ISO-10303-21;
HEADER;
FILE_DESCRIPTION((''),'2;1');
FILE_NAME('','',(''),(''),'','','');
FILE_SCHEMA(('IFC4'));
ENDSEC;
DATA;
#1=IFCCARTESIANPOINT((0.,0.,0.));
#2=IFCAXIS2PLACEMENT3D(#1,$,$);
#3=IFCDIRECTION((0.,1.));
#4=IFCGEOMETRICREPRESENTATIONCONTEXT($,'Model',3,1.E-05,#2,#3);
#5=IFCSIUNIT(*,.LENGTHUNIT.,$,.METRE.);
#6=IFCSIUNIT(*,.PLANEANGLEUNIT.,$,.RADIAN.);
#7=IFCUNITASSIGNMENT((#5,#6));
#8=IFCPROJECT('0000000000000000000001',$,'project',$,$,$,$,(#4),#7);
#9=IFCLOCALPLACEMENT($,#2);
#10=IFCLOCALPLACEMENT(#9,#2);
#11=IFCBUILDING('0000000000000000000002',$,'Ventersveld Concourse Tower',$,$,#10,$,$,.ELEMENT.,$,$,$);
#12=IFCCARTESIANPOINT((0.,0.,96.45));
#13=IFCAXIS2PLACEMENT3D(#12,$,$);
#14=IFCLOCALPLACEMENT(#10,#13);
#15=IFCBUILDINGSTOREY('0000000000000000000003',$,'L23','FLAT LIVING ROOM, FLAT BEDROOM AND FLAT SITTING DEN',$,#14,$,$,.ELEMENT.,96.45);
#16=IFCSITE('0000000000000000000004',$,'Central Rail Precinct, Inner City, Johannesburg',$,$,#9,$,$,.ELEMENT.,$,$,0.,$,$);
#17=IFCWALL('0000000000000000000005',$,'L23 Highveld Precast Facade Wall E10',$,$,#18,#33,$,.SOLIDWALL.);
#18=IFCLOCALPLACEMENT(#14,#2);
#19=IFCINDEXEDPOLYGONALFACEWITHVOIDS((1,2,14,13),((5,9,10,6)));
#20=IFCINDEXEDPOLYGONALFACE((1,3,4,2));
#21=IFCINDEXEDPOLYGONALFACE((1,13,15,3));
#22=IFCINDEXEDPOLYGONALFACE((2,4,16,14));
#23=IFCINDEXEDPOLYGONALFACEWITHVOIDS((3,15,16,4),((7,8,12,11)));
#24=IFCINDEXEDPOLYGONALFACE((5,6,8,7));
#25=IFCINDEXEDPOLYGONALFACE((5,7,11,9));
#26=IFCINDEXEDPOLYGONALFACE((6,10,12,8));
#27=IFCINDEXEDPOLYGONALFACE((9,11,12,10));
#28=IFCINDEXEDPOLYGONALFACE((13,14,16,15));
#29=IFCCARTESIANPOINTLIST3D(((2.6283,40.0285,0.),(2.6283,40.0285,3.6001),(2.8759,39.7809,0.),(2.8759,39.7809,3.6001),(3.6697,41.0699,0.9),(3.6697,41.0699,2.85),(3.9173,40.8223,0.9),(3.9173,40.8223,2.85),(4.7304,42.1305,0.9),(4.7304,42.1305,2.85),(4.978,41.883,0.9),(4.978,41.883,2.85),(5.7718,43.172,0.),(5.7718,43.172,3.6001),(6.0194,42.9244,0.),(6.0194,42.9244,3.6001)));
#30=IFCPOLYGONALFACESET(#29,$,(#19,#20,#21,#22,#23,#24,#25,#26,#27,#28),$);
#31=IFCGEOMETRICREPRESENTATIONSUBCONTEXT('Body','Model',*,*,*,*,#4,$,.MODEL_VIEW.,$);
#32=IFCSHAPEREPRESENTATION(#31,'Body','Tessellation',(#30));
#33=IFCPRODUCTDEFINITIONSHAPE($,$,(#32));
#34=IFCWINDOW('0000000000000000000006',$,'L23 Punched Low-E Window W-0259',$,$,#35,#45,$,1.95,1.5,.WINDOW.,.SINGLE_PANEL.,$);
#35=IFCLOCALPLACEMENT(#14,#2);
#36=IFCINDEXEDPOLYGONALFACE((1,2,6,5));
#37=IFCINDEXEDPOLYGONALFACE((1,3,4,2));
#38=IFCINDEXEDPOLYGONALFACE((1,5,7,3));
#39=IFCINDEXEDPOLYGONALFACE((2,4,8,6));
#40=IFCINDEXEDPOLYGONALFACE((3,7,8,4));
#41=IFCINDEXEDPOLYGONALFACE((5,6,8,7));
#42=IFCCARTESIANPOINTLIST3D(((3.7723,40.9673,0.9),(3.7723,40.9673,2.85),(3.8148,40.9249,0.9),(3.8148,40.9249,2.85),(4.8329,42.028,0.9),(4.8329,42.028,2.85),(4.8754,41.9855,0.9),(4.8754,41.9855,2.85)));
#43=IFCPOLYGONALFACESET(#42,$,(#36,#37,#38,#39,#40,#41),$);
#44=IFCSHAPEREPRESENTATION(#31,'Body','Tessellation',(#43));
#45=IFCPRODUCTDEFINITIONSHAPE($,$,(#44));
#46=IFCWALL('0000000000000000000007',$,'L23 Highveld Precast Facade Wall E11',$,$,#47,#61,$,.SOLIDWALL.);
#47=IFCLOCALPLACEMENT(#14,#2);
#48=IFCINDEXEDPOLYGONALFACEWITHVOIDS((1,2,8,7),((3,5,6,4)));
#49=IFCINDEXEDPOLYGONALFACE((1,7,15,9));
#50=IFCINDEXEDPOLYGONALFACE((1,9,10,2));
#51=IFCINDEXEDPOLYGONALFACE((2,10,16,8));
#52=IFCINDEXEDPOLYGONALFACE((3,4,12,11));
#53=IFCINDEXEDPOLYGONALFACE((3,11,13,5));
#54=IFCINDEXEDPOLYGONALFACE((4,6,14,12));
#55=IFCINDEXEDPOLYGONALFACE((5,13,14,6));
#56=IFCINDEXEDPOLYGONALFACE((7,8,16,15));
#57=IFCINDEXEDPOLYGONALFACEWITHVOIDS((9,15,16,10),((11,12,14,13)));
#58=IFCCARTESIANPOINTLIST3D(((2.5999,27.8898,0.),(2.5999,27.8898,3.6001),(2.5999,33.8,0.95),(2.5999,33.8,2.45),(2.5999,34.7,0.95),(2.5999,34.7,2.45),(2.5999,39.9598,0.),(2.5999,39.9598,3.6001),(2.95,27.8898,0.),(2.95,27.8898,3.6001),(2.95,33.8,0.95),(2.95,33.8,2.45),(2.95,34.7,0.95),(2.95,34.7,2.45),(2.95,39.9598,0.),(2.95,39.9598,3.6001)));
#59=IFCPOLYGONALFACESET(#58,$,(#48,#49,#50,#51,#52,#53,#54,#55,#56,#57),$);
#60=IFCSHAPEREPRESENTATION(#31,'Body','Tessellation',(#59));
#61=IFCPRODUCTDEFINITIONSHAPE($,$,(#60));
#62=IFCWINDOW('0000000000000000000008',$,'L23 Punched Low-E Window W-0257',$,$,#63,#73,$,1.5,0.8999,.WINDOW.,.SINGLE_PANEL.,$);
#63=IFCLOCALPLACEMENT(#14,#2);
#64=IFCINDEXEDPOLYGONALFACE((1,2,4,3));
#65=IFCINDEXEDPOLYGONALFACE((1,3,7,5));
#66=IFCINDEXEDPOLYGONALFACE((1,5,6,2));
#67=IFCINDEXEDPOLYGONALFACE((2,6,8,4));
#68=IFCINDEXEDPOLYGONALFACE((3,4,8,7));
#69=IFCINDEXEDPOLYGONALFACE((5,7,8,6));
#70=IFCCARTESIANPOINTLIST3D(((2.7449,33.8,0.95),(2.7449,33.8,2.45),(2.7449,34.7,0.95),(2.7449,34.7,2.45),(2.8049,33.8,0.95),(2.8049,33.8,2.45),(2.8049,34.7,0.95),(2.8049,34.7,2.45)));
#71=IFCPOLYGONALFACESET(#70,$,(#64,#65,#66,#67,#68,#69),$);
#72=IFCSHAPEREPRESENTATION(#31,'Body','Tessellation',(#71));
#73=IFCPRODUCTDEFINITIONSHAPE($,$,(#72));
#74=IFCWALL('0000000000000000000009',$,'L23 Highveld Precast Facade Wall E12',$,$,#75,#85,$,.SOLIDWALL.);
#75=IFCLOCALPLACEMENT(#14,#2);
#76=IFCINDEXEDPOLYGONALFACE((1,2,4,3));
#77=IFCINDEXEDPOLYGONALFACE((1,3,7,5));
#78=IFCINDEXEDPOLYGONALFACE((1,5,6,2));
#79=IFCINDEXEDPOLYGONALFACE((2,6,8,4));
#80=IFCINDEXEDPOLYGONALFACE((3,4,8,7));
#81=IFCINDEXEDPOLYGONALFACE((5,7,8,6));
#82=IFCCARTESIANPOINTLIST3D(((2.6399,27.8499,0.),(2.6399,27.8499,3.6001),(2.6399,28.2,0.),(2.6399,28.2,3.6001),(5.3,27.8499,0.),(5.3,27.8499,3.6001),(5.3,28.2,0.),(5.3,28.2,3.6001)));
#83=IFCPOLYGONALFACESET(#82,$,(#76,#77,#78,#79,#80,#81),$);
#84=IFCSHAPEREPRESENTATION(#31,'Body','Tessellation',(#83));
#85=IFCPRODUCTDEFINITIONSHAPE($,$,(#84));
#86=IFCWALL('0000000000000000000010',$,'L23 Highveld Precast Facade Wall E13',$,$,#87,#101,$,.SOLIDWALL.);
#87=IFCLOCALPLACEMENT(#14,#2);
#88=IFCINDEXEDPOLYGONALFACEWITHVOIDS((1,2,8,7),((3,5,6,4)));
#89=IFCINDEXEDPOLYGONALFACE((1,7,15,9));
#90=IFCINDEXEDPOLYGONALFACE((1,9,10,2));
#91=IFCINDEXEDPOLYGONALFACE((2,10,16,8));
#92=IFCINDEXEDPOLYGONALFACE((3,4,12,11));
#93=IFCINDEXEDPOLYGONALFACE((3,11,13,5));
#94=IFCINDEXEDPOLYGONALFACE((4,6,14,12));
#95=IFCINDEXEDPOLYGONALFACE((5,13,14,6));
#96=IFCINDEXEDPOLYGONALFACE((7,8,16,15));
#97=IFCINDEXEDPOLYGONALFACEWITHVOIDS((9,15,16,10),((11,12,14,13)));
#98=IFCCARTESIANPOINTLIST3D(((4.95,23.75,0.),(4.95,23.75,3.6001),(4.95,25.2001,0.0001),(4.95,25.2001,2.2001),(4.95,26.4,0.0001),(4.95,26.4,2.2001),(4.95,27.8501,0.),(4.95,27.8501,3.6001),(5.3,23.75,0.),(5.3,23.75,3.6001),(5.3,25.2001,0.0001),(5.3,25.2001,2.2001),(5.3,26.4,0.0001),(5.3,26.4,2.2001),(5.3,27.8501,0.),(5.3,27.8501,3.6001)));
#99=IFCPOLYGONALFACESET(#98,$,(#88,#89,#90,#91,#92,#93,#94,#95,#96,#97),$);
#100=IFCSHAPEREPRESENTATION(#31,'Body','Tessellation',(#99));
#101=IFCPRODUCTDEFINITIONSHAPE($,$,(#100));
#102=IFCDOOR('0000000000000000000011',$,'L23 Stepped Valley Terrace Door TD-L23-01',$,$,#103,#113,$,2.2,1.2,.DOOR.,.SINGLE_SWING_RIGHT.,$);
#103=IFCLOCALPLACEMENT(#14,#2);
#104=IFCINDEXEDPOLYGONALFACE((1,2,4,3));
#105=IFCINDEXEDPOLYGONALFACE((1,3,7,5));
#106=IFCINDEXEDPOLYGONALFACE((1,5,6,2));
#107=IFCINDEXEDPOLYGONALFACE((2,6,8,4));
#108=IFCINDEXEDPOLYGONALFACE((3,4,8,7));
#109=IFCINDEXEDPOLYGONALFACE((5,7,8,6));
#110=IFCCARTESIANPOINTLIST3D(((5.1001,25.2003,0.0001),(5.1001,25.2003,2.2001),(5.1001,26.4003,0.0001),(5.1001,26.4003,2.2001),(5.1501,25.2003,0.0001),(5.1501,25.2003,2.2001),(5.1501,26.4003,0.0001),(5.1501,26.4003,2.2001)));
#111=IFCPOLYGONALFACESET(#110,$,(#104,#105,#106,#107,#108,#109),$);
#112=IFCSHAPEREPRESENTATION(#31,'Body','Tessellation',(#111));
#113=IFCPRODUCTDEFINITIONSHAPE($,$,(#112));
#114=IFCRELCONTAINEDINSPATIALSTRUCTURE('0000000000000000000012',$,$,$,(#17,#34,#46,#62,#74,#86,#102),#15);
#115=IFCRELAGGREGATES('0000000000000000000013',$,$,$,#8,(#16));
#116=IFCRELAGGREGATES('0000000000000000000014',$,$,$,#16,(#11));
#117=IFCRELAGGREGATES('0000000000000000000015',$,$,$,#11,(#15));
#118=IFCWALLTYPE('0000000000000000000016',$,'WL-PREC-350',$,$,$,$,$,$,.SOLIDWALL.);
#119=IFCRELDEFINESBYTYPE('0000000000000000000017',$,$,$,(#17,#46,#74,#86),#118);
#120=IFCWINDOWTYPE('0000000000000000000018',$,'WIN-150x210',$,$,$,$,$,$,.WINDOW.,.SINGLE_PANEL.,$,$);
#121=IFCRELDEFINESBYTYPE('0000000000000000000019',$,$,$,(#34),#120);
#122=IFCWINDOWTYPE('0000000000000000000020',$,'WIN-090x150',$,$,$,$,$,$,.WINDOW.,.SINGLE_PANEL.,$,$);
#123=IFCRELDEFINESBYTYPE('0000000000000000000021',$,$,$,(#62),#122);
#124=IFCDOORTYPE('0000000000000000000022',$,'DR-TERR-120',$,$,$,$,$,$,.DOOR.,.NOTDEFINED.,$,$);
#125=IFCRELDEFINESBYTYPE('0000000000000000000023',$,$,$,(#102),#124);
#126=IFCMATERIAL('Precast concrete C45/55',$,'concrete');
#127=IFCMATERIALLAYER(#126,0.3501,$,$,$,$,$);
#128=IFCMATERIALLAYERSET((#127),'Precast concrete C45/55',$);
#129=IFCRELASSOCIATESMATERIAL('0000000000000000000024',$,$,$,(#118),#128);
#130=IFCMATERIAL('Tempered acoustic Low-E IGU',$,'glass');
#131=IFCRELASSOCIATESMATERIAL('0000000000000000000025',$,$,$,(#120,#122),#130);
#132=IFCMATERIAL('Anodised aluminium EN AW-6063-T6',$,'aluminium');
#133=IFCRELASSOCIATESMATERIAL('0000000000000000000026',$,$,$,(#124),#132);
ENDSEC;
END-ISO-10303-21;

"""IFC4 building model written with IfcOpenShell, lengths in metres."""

from ifc_helpers import new_model, si_unit, direction, frame, frame_2d, origin, place, context, subcontext, project, spatial, rectangle, extrude, material, layer, layer_set, type_object, element, fill, save


model = new_model("IFC4")

# Units and contexts
model_context = context("Model", 3, precision=1e-05, world=origin(), true_north=direction((0.0, 1.0)))
body_context = subcontext(model_context, "Body", "Model", "MODEL_VIEW")
ifc_project = project(units=[si_unit("LENGTHUNIT", "METRE"), si_unit("PLANEANGLEUNIT", "RADIAN")], contexts=[model_context])

# Site, building, storey
site_placement = place(None, origin())
site = spatial("IfcSite", under=ifc_project, at=site_placement, Name="Central Rail Precinct, Inner City, Johannesburg", CompositionType="ELEMENT", RefElevation=0.0)
building_placement = place(site_placement, origin())
building = spatial("IfcBuilding", under=site, at=building_placement, Name="Ventersveld Concourse Tower", CompositionType="ELEMENT")
storey_placement = place(building_placement, frame((0.0, 0.0, 96.45)))
storey = spatial("IfcBuildingStorey", under=building, at=storey_placement, Name="L23", Description="FLAT LIVING ROOM, FLAT BEDROOM AND FLAT SITTING DEN", CompositionType="ELEMENT", Elevation=96.45)

# Walls, openings, windows
ifc_material_1 = material(Name="Precast concrete C45/55", Category="concrete")
ifc_layer_1 = layer(ifc_material_1, 0.3501)
ifc_layer_set_1 = layer_set([ifc_layer_1], Name="Precast concrete C45/55")
wall_type_1 = type_object("IfcWallType", Name="WL-PREC-350", PredefinedType="SOLIDWALL", material=ifc_layer_set_1)
wall_1_placement = place(storey_placement, frame((5.8955, 43.0481, 0.0), z_axis=(0.0, 0.0, 1.0), x_axis=(-0.707107, -0.707107, 0.0)))
wall_1 = element("IfcWall", 1, at=wall_1_placement, inside=storey, type_object=wall_type_1, Name="L23 Highveld Precast Facade Wall E10", PredefinedType="SOLIDWALL", context=body_context, shape_type="SweptSolid", body=[
    extrude(rectangle(XDim=4.4456, YDim=0.3501, at=frame_2d((2.2227, 0.0))), origin(), (0.0, 0.0, 1.0), 3.6001),
])
opening_1_placement = place(wall_1_placement, frame((1.4727, 0.0, 0.8999)))
opening_1 = element("IfcOpeningElement", 2, at=opening_1_placement, cuts=wall_1, PredefinedType="OPENING", context=body_context, shape_type="SweptSolid", body=[
    extrude(rectangle(XDim=1.5, YDim=1.95, at=frame_2d((0.75, 0.9751))), frame((0.0, 0.1851, 0.0), z_axis=(0.0, -1.0, 0.0), x_axis=(1.0, 0.0, 0.0)), (0.0, 0.0, 1.0), 0.3701),
])
ifc_material_2 = material(Name="Tempered acoustic Low-E IGU", Category="glass")
window_type_1 = type_object("IfcWindowType", Name="WIN-150x210", PartitioningType="SINGLE_PANEL", PredefinedType="WINDOW", material=ifc_material_2)
window_1_placement = place(opening_1_placement, origin())
window_1 = element("IfcWindow", 3, at=window_1_placement, inside=storey, type_object=window_type_1, Name="L23 Punched Low-E Window W-0259", OverallHeight=1.95, OverallWidth=1.5, PartitioningType="SINGLE_PANEL", PredefinedType="WINDOW", context=body_context, shape_type="SweptSolid", body=[
    extrude(rectangle(XDim=1.5, YDim=1.95, at=frame_2d((0.75, 0.9751))), frame((0.0, 0.03, 0.0), z_axis=(0.0, -1.0, 0.0), x_axis=(1.0, 0.0, 0.0)), (0.0, 0.0, 1.0), 0.0601),
])
fill(opening_1, window_1)
wall_2_placement = place(storey_placement, frame((2.7749, 39.96, 0.0), z_axis=(0.0, 0.0, 1.0), x_axis=(0.0, -1.0, 0.0)))
wall_2 = element("IfcWall", 4, at=wall_2_placement, inside=storey, type_object=wall_type_1, Name="L23 Highveld Precast Facade Wall E11", PredefinedType="SOLIDWALL", context=body_context, shape_type="SweptSolid", body=[
    extrude(rectangle(XDim=12.0701, YDim=0.3501, at=frame_2d((6.0352, 0.0))), origin(), (0.0, 0.0, 1.0), 3.6001),
])
opening_2_placement = place(wall_2_placement, frame((5.26, 0.0, 0.95)))
opening_2 = element("IfcOpeningElement", 5, at=opening_2_placement, cuts=wall_2, PredefinedType="OPENING", context=body_context, shape_type="SweptSolid", body=[
    extrude(rectangle(XDim=0.8999, YDim=1.5, at=frame_2d((0.45, 0.75))), frame((0.0, 0.1851, 0.0), z_axis=(0.0, -1.0, 0.0), x_axis=(1.0, 0.0, 0.0)), (0.0, 0.0, 1.0), 0.3701),
])
window_type_2 = type_object("IfcWindowType", Name="WIN-090x150", PartitioningType="SINGLE_PANEL", PredefinedType="WINDOW", material=ifc_material_2)
window_2_placement = place(opening_2_placement, origin())
window_2 = element("IfcWindow", 6, at=window_2_placement, inside=storey, type_object=window_type_2, Name="L23 Punched Low-E Window W-0257", OverallHeight=1.5, OverallWidth=0.8999, PartitioningType="SINGLE_PANEL", PredefinedType="WINDOW", context=body_context, shape_type="SweptSolid", body=[
    extrude(rectangle(XDim=0.8999, YDim=1.5, at=frame_2d((0.45, 0.75))), frame((0.0, 0.03, 0.0), z_axis=(0.0, -1.0, 0.0), x_axis=(1.0, 0.0, 0.0)), (0.0, 0.0, 1.0), 0.0601),
])
fill(opening_2, window_2)

# Wall
wall_3_placement = place(storey_placement, frame((2.6399, 28.0249, 0.0), z_axis=(0.0, 0.0, 1.0), x_axis=(1.0, 0.0, 0.0)))
element("IfcWall", 7, at=wall_3_placement, inside=storey, type_object=wall_type_1, Name="L23 Highveld Precast Facade Wall E12", PredefinedType="SOLIDWALL", context=body_context, shape_type="SweptSolid", body=[
    extrude(rectangle(XDim=2.6602, YDim=0.3501, at=frame_2d((1.3301, 0.0))), origin(), (0.0, 0.0, 1.0), 3.6001),
])

# Wall, opening, door
wall_4_placement = place(storey_placement, frame((5.125, 27.8501, 0.0), z_axis=(0.0, 0.0, 1.0), x_axis=(0.0, -1.0, 0.0)))
wall_4 = element("IfcWall", 8, at=wall_4_placement, inside=storey, type_object=wall_type_1, Name="L23 Highveld Precast Facade Wall E13", PredefinedType="SOLIDWALL", context=body_context, shape_type="SweptSolid", body=[
    extrude(rectangle(XDim=4.1001, YDim=0.3501, at=frame_2d((2.05, 0.0))), origin(), (0.0, 0.0, 1.0), 3.6001),
])
opening_3_placement = place(wall_4_placement, frame((1.45, 0.0, 0.0)))
opening_3 = element("IfcOpeningElement", 9, at=opening_3_placement, cuts=wall_4, PredefinedType="OPENING", context=body_context, shape_type="SweptSolid", body=[
    extrude(rectangle(XDim=1.2, YDim=2.2, at=frame_2d((0.6001, 1.1001))), frame((0.0, 0.1851, 0.0), z_axis=(0.0, -1.0, 0.0), x_axis=(1.0, 0.0, 0.0)), (0.0, 0.0, 1.0), 0.3701),
])
ifc_material_3 = material(Name="Anodised aluminium EN AW-6063-T6", Category="aluminium")
door_type_1 = type_object("IfcDoorType", Name="DR-TERR-120", OperationType="NOTDEFINED", PredefinedType="DOOR", material=ifc_material_3)
door_1_placement = place(opening_3_placement, frame((1.2, 0.0, 0.0), z_axis=(0.0, 0.0, 1.0), x_axis=(-1.0, 0.0, 0.0)))
door_1 = element("IfcDoor", 10, at=door_1_placement, inside=storey, type_object=door_type_1, Name="L23 Stepped Valley Terrace Door TD-L23-01", OperationType="SINGLE_SWING_RIGHT", OverallHeight=2.2, OverallWidth=1.2, PredefinedType="DOOR", context=body_context, shape_type="SweptSolid", body=[
    extrude(rectangle(XDim=1.2, YDim=2.2, at=frame_2d((0.6001, 1.1001))), frame((0.0, 0.0249, 0.0), z_axis=(0.0, -1.0, 0.0), x_axis=(1.0, 0.0, 0.0)), (0.0, 0.0, 1.0), 0.05),
])
fill(opening_3, door_1)

save(model, "model.ifc")
